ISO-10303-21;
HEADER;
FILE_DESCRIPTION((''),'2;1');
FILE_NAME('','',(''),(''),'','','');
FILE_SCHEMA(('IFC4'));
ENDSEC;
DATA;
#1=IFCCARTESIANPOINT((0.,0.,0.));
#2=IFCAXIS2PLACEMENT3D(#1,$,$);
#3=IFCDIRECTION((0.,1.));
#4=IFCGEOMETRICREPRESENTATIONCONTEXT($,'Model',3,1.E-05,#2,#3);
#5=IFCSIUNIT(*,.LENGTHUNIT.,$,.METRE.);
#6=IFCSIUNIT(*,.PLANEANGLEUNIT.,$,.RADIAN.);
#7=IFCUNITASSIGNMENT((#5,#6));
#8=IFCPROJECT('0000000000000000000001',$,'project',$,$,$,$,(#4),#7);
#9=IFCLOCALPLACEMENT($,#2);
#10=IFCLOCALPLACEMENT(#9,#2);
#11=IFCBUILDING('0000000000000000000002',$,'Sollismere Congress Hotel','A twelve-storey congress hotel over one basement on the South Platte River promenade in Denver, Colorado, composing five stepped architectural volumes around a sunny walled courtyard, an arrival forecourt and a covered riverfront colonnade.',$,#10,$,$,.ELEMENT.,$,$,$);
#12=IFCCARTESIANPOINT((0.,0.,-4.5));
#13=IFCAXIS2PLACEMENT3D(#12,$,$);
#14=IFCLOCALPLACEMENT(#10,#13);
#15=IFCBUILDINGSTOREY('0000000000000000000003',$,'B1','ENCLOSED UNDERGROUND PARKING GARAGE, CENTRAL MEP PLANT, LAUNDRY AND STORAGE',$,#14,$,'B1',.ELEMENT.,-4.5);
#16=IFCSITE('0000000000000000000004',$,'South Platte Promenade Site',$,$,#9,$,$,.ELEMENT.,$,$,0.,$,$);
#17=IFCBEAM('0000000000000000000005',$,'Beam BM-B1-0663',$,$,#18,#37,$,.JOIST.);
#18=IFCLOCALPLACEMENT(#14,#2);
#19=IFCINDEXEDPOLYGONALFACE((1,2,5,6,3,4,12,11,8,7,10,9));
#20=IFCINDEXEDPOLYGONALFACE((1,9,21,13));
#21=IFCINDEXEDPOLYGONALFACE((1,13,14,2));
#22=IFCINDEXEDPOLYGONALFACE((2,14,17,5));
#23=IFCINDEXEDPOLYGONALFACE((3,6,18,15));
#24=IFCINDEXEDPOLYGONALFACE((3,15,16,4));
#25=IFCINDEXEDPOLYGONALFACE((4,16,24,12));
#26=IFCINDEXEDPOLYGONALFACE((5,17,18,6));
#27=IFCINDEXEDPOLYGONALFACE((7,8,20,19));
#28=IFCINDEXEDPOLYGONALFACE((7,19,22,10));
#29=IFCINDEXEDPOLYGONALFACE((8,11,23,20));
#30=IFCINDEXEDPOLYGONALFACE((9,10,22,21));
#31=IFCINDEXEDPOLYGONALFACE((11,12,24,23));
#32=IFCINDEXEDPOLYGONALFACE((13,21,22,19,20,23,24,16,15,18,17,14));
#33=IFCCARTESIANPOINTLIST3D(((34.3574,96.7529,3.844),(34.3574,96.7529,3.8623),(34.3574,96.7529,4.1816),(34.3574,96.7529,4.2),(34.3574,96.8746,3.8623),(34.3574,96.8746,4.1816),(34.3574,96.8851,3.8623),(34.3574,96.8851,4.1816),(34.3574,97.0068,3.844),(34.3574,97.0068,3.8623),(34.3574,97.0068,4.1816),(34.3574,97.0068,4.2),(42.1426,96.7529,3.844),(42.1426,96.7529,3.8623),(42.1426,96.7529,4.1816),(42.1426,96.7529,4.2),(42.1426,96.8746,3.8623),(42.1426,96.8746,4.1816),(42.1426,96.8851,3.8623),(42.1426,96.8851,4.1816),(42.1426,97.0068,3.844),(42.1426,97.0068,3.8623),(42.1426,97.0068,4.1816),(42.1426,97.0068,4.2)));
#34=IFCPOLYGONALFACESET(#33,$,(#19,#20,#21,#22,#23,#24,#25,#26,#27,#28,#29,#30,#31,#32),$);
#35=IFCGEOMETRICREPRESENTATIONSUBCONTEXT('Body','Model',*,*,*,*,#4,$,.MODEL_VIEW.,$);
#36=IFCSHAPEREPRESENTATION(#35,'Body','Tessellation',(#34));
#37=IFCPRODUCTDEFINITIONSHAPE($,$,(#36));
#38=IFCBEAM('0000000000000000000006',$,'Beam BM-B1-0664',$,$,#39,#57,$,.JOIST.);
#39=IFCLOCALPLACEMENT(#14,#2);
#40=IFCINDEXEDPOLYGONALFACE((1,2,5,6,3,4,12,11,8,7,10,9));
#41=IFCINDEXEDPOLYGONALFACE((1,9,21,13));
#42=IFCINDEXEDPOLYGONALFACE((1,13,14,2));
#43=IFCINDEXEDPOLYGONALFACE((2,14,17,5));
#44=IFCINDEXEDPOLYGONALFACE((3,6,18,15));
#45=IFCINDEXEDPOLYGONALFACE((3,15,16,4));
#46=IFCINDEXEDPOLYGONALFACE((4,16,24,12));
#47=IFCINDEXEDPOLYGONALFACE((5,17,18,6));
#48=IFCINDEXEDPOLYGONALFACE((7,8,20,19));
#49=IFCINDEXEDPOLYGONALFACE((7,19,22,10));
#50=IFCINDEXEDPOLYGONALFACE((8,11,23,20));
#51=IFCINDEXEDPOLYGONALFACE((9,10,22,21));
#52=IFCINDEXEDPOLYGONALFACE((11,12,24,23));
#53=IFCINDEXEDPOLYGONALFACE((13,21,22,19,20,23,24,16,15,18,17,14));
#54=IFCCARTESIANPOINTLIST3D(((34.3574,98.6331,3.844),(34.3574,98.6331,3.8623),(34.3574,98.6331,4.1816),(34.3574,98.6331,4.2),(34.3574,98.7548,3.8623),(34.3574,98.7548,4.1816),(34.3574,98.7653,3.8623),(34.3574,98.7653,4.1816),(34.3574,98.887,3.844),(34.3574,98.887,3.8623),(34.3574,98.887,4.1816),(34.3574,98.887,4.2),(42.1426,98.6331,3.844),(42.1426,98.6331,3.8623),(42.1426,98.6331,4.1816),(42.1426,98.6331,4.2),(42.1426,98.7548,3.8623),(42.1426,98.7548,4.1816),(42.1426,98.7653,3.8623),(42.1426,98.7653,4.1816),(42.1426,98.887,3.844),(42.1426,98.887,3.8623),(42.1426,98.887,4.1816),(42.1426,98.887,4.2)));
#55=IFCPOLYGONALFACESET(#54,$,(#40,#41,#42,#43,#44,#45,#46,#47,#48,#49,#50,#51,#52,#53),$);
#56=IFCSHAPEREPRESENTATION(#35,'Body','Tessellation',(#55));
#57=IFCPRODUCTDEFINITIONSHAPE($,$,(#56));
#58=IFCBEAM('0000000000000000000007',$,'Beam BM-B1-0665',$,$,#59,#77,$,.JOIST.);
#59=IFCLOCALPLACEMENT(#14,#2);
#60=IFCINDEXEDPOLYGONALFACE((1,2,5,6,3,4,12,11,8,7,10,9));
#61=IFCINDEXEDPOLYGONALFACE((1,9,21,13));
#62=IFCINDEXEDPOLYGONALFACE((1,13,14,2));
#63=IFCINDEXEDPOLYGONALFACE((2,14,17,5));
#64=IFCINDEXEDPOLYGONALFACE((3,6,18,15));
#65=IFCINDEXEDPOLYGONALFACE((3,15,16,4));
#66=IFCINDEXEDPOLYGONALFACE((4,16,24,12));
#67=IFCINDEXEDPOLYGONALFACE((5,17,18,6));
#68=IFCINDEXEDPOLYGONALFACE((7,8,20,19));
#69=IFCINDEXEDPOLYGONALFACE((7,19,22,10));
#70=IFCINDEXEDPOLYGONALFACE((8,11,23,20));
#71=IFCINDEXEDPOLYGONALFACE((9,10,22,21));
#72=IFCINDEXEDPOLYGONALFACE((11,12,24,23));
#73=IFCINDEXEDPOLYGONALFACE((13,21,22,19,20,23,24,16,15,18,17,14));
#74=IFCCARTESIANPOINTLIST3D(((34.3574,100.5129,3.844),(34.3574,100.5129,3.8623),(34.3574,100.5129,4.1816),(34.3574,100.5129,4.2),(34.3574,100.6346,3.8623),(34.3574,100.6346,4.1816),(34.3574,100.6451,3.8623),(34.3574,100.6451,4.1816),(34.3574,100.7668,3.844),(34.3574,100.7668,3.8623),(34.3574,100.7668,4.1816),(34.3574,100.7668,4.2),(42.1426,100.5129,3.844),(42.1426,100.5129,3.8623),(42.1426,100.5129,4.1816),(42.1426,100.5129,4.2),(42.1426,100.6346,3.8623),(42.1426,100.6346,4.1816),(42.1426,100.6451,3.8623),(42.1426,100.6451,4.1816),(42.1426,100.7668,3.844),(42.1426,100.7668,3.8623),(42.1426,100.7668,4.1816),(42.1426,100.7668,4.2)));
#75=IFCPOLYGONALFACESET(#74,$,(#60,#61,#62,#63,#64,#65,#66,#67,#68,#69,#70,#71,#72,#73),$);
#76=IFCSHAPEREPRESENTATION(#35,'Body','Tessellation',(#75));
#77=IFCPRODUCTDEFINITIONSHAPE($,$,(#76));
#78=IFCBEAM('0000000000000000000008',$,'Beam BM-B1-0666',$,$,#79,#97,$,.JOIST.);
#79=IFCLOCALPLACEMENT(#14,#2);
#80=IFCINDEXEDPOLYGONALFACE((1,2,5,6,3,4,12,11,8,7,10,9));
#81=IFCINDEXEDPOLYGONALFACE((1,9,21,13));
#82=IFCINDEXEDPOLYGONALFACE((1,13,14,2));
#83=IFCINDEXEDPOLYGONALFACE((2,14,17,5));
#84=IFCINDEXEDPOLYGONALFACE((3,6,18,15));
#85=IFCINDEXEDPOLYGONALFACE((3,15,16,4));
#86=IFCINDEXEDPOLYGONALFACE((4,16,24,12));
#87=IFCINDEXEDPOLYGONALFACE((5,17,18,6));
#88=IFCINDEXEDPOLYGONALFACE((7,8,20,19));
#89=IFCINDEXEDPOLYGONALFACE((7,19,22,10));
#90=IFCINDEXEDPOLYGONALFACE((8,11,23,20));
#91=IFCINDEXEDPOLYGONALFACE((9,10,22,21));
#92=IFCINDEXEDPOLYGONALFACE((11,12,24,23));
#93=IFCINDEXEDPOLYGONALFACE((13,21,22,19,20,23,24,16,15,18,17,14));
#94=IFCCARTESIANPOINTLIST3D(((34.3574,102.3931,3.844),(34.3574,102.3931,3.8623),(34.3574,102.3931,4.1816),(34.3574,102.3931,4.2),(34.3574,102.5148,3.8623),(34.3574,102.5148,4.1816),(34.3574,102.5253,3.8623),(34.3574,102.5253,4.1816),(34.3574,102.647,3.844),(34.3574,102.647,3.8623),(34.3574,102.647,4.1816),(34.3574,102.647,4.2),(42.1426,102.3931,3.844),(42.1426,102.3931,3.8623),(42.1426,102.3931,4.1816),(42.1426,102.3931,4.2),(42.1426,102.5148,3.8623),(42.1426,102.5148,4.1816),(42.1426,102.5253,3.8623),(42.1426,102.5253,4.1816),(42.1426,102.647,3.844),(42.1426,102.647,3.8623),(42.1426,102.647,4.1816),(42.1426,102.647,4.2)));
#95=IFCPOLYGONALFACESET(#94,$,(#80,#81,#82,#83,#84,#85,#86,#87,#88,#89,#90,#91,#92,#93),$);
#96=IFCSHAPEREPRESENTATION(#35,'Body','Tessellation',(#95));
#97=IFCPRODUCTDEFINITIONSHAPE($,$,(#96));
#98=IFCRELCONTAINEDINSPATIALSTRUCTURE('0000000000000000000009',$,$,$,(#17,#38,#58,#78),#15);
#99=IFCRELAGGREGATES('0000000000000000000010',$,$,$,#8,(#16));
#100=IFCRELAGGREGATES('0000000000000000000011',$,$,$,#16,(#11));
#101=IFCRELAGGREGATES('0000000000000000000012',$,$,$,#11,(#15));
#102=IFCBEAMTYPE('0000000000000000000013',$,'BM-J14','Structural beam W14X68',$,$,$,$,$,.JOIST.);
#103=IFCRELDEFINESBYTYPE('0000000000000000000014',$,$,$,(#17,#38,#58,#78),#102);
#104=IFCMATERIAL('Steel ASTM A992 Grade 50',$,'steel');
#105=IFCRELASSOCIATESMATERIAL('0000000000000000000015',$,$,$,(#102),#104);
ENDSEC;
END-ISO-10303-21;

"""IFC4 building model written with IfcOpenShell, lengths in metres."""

from ifc_helpers import new_model, si_unit, direction, frame, origin, origin_2d, place, context, subcontext, project, spatial, i_section, extrude, material, material_profile, profile_set, type_object, element, save


model = new_model("IFC4")

# Units and contexts
model_context = context("Model", 3, precision=1e-05, world=origin(), true_north=direction((0.0, 1.0)))
body_context = subcontext(model_context, "Body", "Model", "MODEL_VIEW")
ifc_project = project(units=[si_unit("LENGTHUNIT", "METRE"), si_unit("PLANEANGLEUNIT", "RADIAN")], contexts=[model_context])

# Site, building, storey
site_placement = place(None, origin())
site = spatial("IfcSite", under=ifc_project, at=site_placement, Name="South Platte Promenade Site", CompositionType="ELEMENT", RefElevation=0.0)
building_placement = place(site_placement, origin())
building = spatial("IfcBuilding", under=site, at=building_placement, Name="Sollismere Congress Hotel", Description="A twelve-storey congress hotel over one basement on the South Platte River promenade in Denver, Colorado, composing five stepped architectural volumes around a sunny walled courtyard, an arrival forecourt and a covered riverfront colonnade.", CompositionType="ELEMENT")
storey_placement = place(building_placement, frame((0.0, 0.0, -4.5)))
storey = spatial("IfcBuildingStorey", under=building, at=storey_placement, Name="B1", Description="ENCLOSED UNDERGROUND PARKING GARAGE, CENTRAL MEP PLANT, LAUNDRY AND STORAGE", LongName="B1", CompositionType="ELEMENT", Elevation=-4.5)

# Beams
ifc_material_1 = material(Name="Steel ASTM A992 Grade 50", Category="steel")
ifc_material_profile_1 = material_profile(ifc_material_1, i_section(OverallWidth=0.2539, OverallDepth=0.356, WebThickness=0.0105, FlangeThickness=0.0183, at=origin_2d()), Name="W14X68")
ifc_profile_set_1 = profile_set([ifc_material_profile_1], Name="Steel ASTM A992 Grade 50")
beam_type_1 = type_object("IfcBeamType", Name="BM-J14", Description="Structural beam W14X68", PredefinedType="JOIST", material=ifc_profile_set_1)
for number, where, z_axis, x_axis, name in (
    (1, (34.3574, 96.8799, 4.022), (1.0, 0.0, 0.0), (0.0, 1.0, 0.0), "Beam BM-B1-0663"),
    (2, (34.3574, 98.76, 4.022), (1.0, 0.0, 0.0), (0.0, 1.0, 0.0), "Beam BM-B1-0664"),
    (3, (34.3574, 100.6399, 4.022), (1.0, 0.0, 0.0), (0.0, 1.0, 0.0), "Beam BM-B1-0665"),
    (4, (34.3574, 102.52, 4.022), (1.0, 0.0, 0.0), (0.0, 1.0, 0.0), "Beam BM-B1-0666"),
):
    element("IfcBeam", number, at=place(storey_placement, frame(where, z_axis=z_axis, x_axis=x_axis)), inside=storey, type_object=beam_type_1, Name=name, PredefinedType="JOIST", context=body_context, shape_type="SweptSolid", body=[
        extrude(i_section(OverallWidth=0.2539, OverallDepth=0.356, WebThickness=0.0105, FlangeThickness=0.0183, at=origin_2d()), origin(), (0.0, 0.0, 1.0), 7.7852),
    ])

save(model, "model.ifc")
